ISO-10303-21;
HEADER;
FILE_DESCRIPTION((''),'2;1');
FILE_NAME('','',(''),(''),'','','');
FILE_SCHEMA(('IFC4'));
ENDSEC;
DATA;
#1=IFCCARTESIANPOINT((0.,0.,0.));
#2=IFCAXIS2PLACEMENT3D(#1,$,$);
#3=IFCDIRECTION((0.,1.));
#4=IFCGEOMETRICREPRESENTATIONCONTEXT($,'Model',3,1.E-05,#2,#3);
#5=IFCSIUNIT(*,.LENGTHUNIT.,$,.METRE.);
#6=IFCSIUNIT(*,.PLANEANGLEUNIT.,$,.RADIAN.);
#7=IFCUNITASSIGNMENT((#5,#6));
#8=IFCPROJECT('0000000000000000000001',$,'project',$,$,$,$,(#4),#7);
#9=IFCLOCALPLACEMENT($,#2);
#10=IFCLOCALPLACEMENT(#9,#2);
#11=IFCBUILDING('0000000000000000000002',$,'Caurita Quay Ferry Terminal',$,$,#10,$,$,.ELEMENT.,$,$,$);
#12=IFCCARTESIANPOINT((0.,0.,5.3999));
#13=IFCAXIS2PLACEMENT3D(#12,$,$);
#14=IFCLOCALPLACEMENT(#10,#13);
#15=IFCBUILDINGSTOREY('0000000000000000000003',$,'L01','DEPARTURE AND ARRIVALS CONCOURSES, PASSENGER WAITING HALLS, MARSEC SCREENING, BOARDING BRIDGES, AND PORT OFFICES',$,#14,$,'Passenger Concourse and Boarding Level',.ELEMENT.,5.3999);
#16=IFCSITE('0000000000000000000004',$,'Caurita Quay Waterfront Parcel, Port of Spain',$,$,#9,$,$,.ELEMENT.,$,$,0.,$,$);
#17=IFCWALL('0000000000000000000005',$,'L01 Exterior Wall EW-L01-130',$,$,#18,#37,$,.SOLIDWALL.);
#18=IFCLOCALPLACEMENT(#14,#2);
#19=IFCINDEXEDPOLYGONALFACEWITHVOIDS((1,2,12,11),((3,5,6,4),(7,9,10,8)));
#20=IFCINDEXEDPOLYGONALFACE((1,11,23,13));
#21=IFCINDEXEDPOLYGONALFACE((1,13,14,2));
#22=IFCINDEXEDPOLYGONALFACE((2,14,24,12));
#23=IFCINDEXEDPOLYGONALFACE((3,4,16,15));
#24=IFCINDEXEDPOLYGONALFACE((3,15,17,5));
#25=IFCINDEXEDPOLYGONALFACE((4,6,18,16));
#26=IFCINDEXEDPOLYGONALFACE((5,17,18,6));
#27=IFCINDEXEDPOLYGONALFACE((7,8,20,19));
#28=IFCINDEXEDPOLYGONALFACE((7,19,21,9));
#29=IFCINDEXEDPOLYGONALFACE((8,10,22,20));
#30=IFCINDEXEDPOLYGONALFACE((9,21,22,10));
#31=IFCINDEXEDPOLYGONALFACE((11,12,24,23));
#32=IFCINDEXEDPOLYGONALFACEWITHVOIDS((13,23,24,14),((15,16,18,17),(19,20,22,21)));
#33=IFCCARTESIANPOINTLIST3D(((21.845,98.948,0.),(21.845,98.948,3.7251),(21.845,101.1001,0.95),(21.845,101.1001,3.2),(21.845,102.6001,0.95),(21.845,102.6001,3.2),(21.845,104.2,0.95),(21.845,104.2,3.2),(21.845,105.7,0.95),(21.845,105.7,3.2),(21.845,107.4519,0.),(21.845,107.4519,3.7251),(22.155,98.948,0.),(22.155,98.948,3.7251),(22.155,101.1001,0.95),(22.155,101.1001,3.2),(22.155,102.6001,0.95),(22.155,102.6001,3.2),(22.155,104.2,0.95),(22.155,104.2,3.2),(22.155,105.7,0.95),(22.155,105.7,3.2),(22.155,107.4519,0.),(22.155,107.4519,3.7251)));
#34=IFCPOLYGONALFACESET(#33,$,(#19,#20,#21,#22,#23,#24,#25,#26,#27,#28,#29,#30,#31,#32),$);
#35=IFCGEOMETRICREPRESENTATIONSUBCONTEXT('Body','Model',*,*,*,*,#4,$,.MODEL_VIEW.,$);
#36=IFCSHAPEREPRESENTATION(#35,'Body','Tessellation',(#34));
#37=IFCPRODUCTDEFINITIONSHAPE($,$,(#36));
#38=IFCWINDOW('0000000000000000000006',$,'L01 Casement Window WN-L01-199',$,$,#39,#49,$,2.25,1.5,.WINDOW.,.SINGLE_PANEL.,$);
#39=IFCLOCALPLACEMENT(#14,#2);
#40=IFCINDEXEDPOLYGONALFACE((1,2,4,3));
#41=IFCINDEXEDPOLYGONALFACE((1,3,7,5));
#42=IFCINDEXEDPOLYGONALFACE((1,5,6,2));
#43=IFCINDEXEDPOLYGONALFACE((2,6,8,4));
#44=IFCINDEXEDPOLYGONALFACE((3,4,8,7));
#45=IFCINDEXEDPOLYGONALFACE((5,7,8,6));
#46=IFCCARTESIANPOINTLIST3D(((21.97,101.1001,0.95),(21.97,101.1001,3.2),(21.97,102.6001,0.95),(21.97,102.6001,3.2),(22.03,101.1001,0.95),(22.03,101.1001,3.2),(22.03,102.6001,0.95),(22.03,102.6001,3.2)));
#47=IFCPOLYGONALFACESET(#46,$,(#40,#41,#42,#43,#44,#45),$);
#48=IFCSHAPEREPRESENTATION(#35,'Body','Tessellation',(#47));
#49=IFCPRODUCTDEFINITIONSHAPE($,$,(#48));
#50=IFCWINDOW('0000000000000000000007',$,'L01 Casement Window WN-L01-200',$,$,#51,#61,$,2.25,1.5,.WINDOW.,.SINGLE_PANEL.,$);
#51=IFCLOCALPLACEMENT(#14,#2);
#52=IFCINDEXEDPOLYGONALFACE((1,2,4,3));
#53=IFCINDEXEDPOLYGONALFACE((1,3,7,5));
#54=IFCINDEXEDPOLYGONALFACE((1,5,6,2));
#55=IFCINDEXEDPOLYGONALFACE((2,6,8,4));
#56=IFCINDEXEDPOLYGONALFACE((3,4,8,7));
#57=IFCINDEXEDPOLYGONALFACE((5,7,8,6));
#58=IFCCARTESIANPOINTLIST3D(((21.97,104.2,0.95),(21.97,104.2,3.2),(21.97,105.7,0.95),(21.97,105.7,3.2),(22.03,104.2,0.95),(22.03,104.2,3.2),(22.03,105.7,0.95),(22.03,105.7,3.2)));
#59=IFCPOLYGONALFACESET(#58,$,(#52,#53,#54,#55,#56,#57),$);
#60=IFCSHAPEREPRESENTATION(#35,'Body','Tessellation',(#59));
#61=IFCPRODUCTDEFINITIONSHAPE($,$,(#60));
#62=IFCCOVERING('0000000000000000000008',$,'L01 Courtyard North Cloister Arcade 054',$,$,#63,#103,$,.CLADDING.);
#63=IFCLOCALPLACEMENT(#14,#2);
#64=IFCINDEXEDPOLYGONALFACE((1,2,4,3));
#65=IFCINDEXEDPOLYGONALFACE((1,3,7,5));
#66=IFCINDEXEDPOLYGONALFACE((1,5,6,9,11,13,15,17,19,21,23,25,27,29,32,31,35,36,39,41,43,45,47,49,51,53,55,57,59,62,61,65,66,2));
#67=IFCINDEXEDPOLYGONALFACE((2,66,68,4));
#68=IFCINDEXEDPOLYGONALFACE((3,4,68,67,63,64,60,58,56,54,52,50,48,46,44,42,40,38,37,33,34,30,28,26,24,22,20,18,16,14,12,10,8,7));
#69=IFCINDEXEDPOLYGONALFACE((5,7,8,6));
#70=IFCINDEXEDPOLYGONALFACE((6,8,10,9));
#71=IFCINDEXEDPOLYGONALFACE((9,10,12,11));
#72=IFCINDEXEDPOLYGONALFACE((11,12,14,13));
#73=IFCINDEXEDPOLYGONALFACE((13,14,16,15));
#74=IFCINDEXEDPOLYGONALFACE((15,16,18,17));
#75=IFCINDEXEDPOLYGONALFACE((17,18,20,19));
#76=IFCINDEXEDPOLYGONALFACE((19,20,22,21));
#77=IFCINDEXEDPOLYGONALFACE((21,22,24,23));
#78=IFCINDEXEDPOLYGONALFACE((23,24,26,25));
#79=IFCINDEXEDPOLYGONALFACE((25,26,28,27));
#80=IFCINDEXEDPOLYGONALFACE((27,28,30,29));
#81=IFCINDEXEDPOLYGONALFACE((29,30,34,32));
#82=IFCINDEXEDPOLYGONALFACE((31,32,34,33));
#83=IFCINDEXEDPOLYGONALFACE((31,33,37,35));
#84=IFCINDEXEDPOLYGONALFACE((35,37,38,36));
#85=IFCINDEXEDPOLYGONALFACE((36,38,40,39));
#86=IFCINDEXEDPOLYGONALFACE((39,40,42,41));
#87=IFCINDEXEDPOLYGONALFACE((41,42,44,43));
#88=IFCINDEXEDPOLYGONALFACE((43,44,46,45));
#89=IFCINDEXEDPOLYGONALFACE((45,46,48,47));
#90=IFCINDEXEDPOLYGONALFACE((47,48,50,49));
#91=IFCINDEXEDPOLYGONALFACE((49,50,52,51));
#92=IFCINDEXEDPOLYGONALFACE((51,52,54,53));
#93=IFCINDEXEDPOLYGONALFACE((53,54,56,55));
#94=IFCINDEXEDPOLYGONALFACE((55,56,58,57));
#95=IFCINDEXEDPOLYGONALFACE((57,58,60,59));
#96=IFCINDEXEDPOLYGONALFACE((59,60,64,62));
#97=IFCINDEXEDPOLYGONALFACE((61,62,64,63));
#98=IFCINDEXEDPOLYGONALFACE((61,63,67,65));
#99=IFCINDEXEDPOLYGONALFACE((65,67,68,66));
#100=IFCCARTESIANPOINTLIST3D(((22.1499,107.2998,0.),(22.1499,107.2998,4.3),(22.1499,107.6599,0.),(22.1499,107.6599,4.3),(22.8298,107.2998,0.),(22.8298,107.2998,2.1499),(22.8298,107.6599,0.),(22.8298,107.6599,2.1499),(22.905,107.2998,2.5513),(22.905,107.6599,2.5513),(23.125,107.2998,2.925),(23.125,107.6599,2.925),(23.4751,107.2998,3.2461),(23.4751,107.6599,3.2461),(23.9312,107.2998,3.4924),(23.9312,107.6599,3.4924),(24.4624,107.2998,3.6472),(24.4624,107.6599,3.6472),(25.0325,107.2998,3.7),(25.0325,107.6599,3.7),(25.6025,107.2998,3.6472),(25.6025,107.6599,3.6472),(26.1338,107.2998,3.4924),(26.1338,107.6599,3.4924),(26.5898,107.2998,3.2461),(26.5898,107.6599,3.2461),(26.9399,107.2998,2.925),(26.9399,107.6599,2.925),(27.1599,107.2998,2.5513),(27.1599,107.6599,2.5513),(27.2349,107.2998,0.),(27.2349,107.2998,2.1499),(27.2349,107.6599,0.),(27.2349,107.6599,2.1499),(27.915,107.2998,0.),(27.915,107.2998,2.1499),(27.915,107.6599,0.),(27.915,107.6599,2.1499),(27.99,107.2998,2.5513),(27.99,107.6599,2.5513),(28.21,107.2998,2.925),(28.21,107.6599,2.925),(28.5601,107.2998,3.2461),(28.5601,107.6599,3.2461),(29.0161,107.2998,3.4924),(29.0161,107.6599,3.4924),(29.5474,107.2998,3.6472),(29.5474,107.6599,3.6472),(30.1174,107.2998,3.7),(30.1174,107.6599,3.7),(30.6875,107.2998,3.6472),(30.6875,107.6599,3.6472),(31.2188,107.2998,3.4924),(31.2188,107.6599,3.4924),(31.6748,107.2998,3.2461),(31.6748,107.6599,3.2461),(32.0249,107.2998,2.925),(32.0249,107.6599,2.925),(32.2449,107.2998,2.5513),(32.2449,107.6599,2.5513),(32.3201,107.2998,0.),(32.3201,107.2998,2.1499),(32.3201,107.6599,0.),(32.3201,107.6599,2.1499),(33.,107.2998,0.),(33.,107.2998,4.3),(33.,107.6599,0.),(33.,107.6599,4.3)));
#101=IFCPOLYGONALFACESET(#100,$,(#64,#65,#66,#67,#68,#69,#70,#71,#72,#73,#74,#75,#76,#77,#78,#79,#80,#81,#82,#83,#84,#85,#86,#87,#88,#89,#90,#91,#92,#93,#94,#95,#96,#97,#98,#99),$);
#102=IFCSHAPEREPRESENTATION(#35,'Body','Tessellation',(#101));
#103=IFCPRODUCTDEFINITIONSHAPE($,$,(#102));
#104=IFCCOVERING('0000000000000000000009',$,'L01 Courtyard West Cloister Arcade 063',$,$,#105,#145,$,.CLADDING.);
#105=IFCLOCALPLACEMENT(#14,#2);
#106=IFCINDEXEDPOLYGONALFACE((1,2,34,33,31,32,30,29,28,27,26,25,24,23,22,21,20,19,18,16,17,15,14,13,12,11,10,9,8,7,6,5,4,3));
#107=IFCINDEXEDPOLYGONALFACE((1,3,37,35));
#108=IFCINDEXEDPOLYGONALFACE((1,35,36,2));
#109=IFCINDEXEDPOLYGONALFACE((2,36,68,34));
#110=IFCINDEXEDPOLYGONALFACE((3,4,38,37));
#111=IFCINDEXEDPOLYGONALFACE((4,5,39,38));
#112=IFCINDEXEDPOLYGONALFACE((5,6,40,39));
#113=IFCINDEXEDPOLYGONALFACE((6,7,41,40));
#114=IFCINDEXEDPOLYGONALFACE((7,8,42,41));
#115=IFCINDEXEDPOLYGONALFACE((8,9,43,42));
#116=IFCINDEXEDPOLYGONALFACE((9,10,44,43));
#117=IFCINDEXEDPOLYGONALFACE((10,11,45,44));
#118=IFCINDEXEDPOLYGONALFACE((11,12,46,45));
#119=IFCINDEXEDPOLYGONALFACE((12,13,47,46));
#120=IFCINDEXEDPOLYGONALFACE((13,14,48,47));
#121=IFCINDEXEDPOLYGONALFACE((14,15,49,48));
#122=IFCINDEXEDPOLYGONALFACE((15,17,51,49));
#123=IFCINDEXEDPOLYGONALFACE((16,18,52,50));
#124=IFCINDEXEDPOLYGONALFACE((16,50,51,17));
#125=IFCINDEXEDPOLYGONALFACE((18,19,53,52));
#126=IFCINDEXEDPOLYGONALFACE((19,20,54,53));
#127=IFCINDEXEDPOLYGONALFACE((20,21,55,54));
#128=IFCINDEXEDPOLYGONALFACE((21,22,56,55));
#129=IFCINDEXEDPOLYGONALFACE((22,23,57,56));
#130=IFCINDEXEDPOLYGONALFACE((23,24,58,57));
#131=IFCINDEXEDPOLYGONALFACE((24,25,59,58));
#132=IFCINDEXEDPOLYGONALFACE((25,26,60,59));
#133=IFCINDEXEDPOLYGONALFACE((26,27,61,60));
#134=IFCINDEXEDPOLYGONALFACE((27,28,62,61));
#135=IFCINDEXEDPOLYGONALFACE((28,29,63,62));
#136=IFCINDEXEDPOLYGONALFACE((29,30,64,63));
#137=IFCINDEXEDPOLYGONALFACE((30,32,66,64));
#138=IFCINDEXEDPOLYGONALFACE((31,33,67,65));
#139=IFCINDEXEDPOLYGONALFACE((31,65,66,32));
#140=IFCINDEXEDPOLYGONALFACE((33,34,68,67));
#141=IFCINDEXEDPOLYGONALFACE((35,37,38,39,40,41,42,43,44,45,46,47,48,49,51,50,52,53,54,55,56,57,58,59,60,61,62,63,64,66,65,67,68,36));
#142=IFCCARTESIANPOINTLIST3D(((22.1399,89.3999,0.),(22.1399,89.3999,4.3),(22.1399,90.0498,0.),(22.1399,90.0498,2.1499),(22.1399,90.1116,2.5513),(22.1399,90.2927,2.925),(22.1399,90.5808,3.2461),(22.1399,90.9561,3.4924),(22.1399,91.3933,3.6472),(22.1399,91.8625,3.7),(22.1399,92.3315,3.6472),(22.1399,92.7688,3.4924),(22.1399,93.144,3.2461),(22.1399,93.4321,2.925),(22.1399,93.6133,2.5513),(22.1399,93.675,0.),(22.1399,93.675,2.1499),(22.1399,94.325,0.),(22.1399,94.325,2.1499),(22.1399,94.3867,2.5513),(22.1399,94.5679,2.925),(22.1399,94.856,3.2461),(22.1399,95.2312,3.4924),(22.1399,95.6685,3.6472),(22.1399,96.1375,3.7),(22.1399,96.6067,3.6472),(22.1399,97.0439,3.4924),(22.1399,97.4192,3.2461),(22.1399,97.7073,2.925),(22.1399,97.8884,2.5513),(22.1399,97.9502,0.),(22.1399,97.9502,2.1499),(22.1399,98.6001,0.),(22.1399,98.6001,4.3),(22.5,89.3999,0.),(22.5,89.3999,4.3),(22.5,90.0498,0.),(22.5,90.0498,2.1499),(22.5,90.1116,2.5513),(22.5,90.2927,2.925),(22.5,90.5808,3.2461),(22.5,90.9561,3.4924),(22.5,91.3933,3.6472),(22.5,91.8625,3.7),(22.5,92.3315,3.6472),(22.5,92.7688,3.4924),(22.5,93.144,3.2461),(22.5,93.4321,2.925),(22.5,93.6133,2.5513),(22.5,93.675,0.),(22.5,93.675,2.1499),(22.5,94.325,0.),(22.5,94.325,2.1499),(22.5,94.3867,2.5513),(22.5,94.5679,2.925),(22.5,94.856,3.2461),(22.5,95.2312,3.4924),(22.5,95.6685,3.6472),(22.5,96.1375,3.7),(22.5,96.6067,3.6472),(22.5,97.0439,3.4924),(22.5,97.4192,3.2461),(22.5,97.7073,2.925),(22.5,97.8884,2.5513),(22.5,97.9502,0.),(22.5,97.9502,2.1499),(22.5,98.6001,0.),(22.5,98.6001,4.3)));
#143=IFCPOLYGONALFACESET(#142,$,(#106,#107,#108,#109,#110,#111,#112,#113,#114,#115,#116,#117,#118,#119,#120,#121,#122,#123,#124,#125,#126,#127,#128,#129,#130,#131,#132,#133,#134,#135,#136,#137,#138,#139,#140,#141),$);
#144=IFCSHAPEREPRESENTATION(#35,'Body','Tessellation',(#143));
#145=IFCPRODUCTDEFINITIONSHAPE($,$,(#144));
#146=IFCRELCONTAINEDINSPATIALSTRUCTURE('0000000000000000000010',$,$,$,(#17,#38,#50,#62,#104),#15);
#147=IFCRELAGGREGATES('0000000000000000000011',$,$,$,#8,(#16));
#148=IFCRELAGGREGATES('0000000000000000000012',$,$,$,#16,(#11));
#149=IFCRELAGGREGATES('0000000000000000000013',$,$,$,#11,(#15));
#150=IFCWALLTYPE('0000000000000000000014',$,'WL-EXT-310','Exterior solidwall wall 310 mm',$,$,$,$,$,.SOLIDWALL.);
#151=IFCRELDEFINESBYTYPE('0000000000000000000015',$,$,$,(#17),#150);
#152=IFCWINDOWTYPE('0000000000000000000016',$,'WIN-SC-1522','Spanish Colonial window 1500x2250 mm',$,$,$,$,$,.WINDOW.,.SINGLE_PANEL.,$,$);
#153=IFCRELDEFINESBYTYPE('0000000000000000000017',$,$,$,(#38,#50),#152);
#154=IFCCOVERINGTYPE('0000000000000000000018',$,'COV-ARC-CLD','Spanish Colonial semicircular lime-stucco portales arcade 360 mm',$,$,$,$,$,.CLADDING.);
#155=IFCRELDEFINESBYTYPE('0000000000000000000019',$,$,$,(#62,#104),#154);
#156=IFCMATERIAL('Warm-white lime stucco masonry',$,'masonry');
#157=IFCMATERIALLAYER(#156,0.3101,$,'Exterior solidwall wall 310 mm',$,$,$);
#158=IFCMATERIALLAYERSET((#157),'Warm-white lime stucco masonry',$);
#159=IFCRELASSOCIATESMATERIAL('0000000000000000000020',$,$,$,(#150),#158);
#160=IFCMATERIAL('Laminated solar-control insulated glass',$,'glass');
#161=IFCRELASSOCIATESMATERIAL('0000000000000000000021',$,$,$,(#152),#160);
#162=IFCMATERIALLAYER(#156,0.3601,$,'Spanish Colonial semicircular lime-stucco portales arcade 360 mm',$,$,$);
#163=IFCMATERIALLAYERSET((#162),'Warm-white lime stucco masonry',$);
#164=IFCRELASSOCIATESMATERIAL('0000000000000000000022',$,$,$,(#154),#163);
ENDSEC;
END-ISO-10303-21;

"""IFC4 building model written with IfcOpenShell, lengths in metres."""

from ifc_helpers import new_model, si_unit, direction, frame, frame_2d, origin, place, context, subcontext, project, spatial, polyline, rectangle, outline, extrude, material, layer, layer_set, type_object, element, fill, save


model = new_model("IFC4")

# Units and contexts
model_context = context("Model", 3, precision=1e-05, world=origin(), true_north=direction((0.0, 1.0)))
body_context = subcontext(model_context, "Body", "Model", "MODEL_VIEW")
ifc_project = project(units=[si_unit("LENGTHUNIT", "METRE"), si_unit("PLANEANGLEUNIT", "RADIAN")], contexts=[model_context])

# Site, building, storey
site_placement = place(None, origin())
site = spatial("IfcSite", under=ifc_project, at=site_placement, Name="Caurita Quay Waterfront Parcel, Port of Spain", CompositionType="ELEMENT", RefElevation=0.0)
building_placement = place(site_placement, origin())
building = spatial("IfcBuilding", under=site, at=building_placement, Name="Caurita Quay Ferry Terminal", CompositionType="ELEMENT")
storey_placement = place(building_placement, frame((0.0, 0.0, 5.3999)))
storey = spatial("IfcBuildingStorey", under=building, at=storey_placement, Name="L01", Description="DEPARTURE AND ARRIVALS CONCOURSES, PASSENGER WAITING HALLS, MARSEC SCREENING, BOARDING BRIDGES, AND PORT OFFICES", LongName="Passenger Concourse and Boarding Level", CompositionType="ELEMENT", Elevation=5.3999)

# Shared definitions
ifc_material_1 = material(Name="Laminated solar-control insulated glass", Category="glass")

# Shared definitions
ifc_material_2 = material(Name="Warm-white lime stucco masonry", Category="masonry")

# Wall, openings, windows
ifc_layer_1 = layer(ifc_material_2, 0.3101, Name="Exterior solidwall wall 310 mm")
ifc_layer_set_1 = layer_set([ifc_layer_1], Name="Warm-white lime stucco masonry")
wall_type_1 = type_object("IfcWallType", Name="WL-EXT-310", Description="Exterior solidwall wall 310 mm", PredefinedType="SOLIDWALL", material=ifc_layer_set_1)
window_type = type_object("IfcWindowType", Name="WIN-SC-1522", Description="Spanish Colonial window 1500x2250 mm", PartitioningType="SINGLE_PANEL", PredefinedType="WINDOW", material=ifc_material_1)
wall_1_placement = place(storey_placement, frame((22.0, 98.948, 0.0), z_axis=(0.0, 0.0, 1.0), x_axis=(0.0, 1.0, 0.0)))
wall_1 = element("IfcWall", 1, at=wall_1_placement, inside=storey, type_object=wall_type_1, Name="L01 Exterior Wall EW-L01-130", PredefinedType="SOLIDWALL", context=body_context, shape_type="SweptSolid", body=[
    extrude(rectangle(XDim=8.5039, YDim=0.3101, at=frame_2d((4.252, 0.0))), origin(), (0.0, 0.0, 1.0), 3.7251),
])
opening_1_placement = place(wall_1_placement, frame((2.1521, 0.0, 0.95)))
opening_1 = element("IfcOpeningElement", 2, at=opening_1_placement, cuts=wall_1, PredefinedType="OPENING", context=body_context, shape_type="SweptSolid", body=[
    extrude(rectangle(XDim=1.5, YDim=2.25, at=frame_2d((0.75, 1.125))), frame((0.0, 0.165, 0.0), z_axis=(0.0, -1.0, 0.0), x_axis=(1.0, 0.0, 0.0)), (0.0, 0.0, 1.0), 0.3301),
])
opening_2_placement = place(wall_1_placement, frame((5.252, 0.0, 0.95)))
opening_2 = element("IfcOpeningElement", 3, at=opening_2_placement, cuts=wall_1, PredefinedType="OPENING", context=body_context, shape_type="SweptSolid", body=[
    extrude(rectangle(XDim=1.5, YDim=2.25, at=frame_2d((0.75, 1.125))), frame((0.0, 0.165, 0.0), z_axis=(0.0, -1.0, 0.0), x_axis=(1.0, 0.0, 0.0)), (0.0, 0.0, 1.0), 0.3301),
])
window_1_placement = place(opening_1_placement, origin())
window_1 = element("IfcWindow", 4, at=window_1_placement, inside=storey, type_object=window_type, Name="L01 Casement Window WN-L01-199", OverallHeight=2.25, OverallWidth=1.5, PartitioningType="SINGLE_PANEL", PredefinedType="WINDOW", context=body_context, shape_type="SweptSolid", body=[
    extrude(rectangle(XDim=1.5, YDim=2.25, at=frame_2d((0.75, 1.125))), frame((0.0, 0.03, 0.0), z_axis=(0.0, -1.0, 0.0), x_axis=(1.0, 0.0, 0.0)), (0.0, 0.0, 1.0), 0.0601),
])
fill(opening_1, window_1)
window_2_placement = place(opening_2_placement, origin())
window_2 = element("IfcWindow", 5, at=window_2_placement, inside=storey, type_object=window_type, Name="L01 Casement Window WN-L01-200", OverallHeight=2.25, OverallWidth=1.5, PartitioningType="SINGLE_PANEL", PredefinedType="WINDOW", context=body_context, shape_type="SweptSolid", body=[
    extrude(rectangle(XDim=1.5, YDim=2.25, at=frame_2d((0.75, 1.125))), frame((0.0, 0.03, 0.0), z_axis=(0.0, -1.0, 0.0), x_axis=(1.0, 0.0, 0.0)), (0.0, 0.0, 1.0), 0.0601),
])
fill(opening_2, window_2)

# Coverings
ifc_layer_2 = layer(ifc_material_2, 0.3601, Name="Spanish Colonial semicircular lime-stucco portales arcade 360 mm")
ifc_layer_set_2 = layer_set([ifc_layer_2], Name="Warm-white lime stucco masonry")
covering_type_1 = type_object("IfcCoveringType", Name="COV-ARC-CLD", Description="Spanish Colonial semicircular lime-stucco portales arcade 360 mm", PredefinedType="CLADDING", material=ifc_layer_set_2)
covering_1_placement = place(storey_placement, frame((33.0, 107.48, 0.0), z_axis=(0.0, 0.0, 1.0), x_axis=(-1.0, 0.0, 0.0)))
element("IfcCovering", 6, at=covering_1_placement, inside=storey, type_object=covering_type_1, Name="L01 Courtyard North Cloister Arcade 054", PredefinedType="CLADDING", context=body_context, shape_type="SweptSolid", body=[
    extrude(outline(polyline([(0.0, 0.0), (0.6799, 0.0), (0.6799, 2.1499), (0.7551, 2.5513), (0.9751, 2.925), (1.3252, 3.2461), (1.7812, 3.4924), (2.3125, 3.6472), (2.8826, 3.7), (3.4526, 3.6472), (3.9839, 3.4924), (4.4399, 3.2461), (4.79, 2.925), (5.01, 2.5513), (5.085, 2.1499), (5.085, 0.0), (5.7651, 0.0), (5.7651, 2.1499), (5.8401, 2.5513), (6.0601, 2.925), (6.4102, 3.2461), (6.8662, 3.4924), (7.3975, 3.6472), (7.9675, 3.7), (8.5376, 3.6472), (9.0688, 3.4924), (9.5249, 3.2461), (9.875, 2.925), (10.095, 2.5513), (10.1702, 2.1499), (10.1702, 0.0), (10.8501, 0.0), (10.8501, 4.3), (0.0, 4.3), (0.0, 0.0)])), frame((0.0, 0.1802, 0.0), z_axis=(0.0, -1.0, 0.0), x_axis=(1.0, 0.0, 0.0)), (0.0, 0.0, 1.0), 0.3601),
])
covering_2_placement = place(storey_placement, frame((22.3201, 89.3999, 0.0), z_axis=(0.0, 0.0, 1.0), x_axis=(0.0, 1.0, 0.0)))
element("IfcCovering", 7, at=covering_2_placement, inside=storey, type_object=covering_type_1, Name="L01 Courtyard West Cloister Arcade 063", PredefinedType="CLADDING", context=body_context, shape_type="SweptSolid", body=[
    extrude(outline(polyline([(0.0, 0.0), (0.6499, 0.0), (0.6499, 2.1499), (0.7117, 2.5513), (0.8928, 2.925), (1.1809, 3.2461), (1.5562, 3.4924), (1.9934, 3.6472), (2.4626, 3.7), (2.9316, 3.6472), (3.3689, 3.4924), (3.7441, 3.2461), (4.0322, 2.925), (4.2134, 2.5513), (4.2751, 2.1499), (4.2751, 0.0), (4.925, 0.0), (4.925, 2.1499), (4.9868, 2.5513), (5.168, 2.925), (5.4561, 3.2461), (5.8313, 3.4924), (6.2686, 3.6472), (6.7375, 3.7), (7.2068, 3.6472), (7.644, 3.4924), (8.0193, 3.2461), (8.3074, 2.925), (8.4885, 2.5513), (8.5503, 2.1499), (8.5503, 0.0), (9.2002, 0.0), (9.2002, 4.3), (0.0, 4.3), (0.0, 0.0)])), frame((0.0, 0.1802, 0.0), z_axis=(0.0, -1.0, 0.0), x_axis=(1.0, 0.0, 0.0)), (0.0, 0.0, 1.0), 0.3601),
])

save(model, "model.ifc")
